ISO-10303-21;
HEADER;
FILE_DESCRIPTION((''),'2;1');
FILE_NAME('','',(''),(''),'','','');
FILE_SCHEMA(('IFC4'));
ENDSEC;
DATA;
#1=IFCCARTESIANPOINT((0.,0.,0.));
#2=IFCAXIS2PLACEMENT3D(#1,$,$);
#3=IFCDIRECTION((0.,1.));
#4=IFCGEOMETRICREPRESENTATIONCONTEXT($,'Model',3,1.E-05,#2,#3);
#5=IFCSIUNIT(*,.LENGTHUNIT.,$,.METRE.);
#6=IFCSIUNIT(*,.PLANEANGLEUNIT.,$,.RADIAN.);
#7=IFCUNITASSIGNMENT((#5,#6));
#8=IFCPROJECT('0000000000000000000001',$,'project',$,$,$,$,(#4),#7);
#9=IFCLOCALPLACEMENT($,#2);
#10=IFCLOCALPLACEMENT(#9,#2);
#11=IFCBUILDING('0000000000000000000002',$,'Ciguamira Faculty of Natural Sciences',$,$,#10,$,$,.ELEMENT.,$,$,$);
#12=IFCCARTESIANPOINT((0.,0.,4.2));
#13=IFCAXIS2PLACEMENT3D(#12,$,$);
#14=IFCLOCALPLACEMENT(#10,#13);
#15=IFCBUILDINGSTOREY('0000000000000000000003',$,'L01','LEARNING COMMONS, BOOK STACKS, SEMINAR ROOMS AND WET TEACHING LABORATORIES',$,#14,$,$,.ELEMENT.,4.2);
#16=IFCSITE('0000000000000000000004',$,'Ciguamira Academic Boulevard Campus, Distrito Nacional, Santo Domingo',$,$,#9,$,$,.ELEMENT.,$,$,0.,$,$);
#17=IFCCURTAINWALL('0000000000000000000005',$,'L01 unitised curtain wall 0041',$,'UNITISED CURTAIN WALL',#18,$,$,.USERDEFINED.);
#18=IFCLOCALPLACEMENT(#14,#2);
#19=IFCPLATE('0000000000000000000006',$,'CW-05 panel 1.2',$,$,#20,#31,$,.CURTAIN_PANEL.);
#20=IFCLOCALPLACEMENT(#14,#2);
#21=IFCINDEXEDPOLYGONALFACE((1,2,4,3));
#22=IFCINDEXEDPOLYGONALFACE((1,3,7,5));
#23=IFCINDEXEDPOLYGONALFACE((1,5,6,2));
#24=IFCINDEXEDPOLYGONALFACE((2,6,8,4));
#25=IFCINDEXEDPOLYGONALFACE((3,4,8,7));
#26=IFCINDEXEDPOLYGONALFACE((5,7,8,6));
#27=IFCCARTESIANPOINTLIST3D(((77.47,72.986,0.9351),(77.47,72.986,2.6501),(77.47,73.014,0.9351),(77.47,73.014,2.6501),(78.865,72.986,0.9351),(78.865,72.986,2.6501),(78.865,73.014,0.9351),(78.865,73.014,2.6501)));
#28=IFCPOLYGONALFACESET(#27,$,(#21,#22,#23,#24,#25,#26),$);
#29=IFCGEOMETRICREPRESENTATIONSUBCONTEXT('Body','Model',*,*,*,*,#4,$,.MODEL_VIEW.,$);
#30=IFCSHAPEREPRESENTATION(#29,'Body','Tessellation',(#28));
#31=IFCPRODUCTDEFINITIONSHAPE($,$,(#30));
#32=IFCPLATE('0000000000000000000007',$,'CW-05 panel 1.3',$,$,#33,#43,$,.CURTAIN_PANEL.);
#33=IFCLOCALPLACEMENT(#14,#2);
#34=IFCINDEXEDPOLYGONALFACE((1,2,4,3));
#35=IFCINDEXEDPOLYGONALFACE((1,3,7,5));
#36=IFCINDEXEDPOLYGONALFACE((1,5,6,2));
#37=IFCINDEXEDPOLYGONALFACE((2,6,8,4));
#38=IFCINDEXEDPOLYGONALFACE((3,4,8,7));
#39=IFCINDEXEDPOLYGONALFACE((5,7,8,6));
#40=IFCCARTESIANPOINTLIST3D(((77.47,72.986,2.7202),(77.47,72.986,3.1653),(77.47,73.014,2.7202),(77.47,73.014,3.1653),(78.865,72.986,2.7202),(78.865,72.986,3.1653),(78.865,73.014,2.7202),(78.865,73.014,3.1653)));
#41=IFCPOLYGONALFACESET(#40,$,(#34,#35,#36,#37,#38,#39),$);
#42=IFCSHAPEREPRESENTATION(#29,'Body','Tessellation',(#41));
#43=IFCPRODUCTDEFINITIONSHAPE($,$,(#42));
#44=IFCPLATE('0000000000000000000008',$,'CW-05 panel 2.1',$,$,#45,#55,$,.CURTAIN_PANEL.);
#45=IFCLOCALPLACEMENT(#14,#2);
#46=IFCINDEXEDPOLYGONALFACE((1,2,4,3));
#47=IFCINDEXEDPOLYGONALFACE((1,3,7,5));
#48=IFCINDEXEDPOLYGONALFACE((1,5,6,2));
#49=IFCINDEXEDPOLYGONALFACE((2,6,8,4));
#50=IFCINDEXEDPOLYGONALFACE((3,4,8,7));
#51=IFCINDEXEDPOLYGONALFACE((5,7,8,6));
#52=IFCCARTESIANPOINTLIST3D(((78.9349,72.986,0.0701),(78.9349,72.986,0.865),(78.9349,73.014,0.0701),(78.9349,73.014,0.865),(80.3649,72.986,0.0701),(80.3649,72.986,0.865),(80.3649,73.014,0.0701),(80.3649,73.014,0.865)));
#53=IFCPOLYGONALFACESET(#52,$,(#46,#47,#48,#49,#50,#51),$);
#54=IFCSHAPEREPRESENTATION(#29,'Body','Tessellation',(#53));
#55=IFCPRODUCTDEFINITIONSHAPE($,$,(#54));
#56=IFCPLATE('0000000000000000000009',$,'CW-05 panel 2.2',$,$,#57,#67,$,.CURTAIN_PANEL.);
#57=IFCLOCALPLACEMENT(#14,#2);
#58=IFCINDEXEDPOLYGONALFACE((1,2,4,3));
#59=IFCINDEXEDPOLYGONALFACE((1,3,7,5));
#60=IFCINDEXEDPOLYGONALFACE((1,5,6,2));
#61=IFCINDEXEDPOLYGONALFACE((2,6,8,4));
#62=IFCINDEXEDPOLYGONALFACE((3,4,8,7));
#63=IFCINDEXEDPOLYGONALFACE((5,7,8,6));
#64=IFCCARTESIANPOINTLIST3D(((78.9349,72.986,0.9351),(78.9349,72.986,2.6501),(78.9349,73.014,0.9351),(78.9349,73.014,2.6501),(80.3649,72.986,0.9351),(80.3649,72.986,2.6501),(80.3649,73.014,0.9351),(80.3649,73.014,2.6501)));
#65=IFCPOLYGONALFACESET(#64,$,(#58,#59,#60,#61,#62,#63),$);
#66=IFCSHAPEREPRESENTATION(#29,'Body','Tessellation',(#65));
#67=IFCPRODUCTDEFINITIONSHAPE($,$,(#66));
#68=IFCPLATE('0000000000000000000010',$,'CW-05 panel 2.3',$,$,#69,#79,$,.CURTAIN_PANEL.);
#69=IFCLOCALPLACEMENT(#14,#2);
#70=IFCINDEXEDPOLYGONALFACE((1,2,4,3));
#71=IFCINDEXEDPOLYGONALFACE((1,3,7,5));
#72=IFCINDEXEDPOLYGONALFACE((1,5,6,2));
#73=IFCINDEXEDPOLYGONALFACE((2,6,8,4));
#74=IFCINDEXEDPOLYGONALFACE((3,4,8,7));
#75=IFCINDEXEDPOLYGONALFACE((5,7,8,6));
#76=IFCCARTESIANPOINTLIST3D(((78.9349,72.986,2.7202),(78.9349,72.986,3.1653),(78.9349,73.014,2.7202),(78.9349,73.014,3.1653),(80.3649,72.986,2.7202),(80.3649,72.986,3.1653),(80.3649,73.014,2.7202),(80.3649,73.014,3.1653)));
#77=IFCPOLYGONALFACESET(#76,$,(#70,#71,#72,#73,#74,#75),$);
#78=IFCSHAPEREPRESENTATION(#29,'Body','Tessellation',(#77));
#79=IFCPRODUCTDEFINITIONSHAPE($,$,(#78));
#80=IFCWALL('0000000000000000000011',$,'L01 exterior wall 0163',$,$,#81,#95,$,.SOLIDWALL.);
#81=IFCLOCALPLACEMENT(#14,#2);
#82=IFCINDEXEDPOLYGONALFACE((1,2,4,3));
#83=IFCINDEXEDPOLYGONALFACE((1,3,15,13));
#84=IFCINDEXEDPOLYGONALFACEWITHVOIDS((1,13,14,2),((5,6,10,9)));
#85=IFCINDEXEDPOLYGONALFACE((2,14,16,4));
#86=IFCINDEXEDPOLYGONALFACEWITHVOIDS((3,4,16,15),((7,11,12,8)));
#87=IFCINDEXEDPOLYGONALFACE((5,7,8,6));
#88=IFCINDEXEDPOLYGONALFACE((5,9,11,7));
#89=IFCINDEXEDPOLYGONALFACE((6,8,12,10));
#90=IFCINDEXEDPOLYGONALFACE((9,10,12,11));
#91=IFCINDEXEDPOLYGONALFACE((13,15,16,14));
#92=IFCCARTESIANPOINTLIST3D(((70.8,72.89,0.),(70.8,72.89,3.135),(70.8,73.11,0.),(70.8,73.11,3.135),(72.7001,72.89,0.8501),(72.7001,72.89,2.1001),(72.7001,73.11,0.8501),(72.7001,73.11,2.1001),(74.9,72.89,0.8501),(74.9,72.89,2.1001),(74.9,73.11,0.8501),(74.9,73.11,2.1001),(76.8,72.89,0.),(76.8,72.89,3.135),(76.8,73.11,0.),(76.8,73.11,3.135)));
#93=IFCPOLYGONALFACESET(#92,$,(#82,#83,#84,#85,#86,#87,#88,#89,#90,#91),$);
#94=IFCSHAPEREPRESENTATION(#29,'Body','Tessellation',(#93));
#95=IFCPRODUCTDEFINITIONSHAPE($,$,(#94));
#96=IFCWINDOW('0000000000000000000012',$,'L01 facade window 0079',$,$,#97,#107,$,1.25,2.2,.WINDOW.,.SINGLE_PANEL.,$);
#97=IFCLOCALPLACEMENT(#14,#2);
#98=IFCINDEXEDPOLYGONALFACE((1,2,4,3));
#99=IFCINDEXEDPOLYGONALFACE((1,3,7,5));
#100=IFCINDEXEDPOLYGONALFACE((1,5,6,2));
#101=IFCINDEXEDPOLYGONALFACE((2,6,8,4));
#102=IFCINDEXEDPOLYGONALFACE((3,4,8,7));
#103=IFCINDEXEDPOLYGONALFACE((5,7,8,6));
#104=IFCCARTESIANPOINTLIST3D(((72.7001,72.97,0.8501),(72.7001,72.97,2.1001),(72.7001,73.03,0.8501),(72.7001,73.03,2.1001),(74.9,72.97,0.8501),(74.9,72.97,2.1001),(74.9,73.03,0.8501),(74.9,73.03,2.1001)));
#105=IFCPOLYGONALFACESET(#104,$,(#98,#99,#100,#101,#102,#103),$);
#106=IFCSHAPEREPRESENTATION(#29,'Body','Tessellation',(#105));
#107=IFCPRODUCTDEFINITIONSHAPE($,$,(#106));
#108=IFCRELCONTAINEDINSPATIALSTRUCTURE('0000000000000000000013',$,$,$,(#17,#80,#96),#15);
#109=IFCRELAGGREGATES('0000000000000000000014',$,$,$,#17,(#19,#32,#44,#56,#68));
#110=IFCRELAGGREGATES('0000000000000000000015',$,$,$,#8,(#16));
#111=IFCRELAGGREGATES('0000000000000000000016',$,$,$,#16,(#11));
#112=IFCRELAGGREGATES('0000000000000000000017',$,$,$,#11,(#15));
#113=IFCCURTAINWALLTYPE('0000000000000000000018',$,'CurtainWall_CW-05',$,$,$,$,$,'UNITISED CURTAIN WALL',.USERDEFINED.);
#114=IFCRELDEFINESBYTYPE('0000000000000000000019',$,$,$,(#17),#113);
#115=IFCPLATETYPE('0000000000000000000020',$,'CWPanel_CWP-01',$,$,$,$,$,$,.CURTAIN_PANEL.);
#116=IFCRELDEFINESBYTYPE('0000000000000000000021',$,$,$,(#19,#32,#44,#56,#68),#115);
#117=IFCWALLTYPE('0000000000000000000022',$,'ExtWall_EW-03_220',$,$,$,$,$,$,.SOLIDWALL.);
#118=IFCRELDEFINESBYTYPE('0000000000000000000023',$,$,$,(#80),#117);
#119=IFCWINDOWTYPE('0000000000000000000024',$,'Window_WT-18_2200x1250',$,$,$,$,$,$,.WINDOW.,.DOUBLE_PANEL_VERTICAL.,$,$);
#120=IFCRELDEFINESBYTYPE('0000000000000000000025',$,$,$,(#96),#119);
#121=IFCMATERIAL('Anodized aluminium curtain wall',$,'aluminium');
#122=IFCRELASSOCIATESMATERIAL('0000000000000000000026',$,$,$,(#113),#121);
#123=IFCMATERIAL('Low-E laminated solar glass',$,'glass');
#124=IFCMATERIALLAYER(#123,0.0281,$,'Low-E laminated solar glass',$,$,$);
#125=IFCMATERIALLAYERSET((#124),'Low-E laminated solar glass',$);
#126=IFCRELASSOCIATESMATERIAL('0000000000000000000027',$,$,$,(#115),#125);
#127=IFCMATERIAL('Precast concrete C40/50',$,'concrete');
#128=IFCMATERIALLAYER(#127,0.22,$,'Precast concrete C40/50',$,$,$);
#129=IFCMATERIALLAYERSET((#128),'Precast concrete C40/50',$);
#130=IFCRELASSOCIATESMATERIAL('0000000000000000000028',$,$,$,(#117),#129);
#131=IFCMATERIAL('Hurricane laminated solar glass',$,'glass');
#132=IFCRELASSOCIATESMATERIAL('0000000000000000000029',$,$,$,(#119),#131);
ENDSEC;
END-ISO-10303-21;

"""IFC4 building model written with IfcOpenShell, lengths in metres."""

from ifc_helpers import new_model, si_unit, direction, frame, frame_2d, origin, origin_2d, place, context, subcontext, project, spatial, rectangle, extrude, material, layer, layer_set, type_object, element, fill, aggregate, save


model = new_model("IFC4")

# Units and contexts
model_context = context("Model", 3, precision=1e-05, world=origin(), true_north=direction((0.0, 1.0)))
body_context = subcontext(model_context, "Body", "Model", "MODEL_VIEW")
ifc_project = project(units=[si_unit("LENGTHUNIT", "METRE"), si_unit("PLANEANGLEUNIT", "RADIAN")], contexts=[model_context])

# Site, building, storey
site_placement = place(None, origin())
site = spatial("IfcSite", under=ifc_project, at=site_placement, Name="Ciguamira Academic Boulevard Campus, Distrito Nacional, Santo Domingo", CompositionType="ELEMENT", RefElevation=0.0)
building_placement = place(site_placement, origin())
building = spatial("IfcBuilding", under=site, at=building_placement, Name="Ciguamira Faculty of Natural Sciences", CompositionType="ELEMENT")
storey_placement = place(building_placement, frame((0.0, 0.0, 4.2)))
storey = spatial("IfcBuildingStorey", under=building, at=storey_placement, Name="L01", Description="LEARNING COMMONS, BOOK STACKS, SEMINAR ROOMS AND WET TEACHING LABORATORIES", CompositionType="ELEMENT", Elevation=4.2)

# Curtain wall
ifc_material_1 = material(Name="Anodized aluminium curtain wall", Category="aluminium")
curtain_wall_type = type_object("IfcCurtainWallType", Name="CurtainWall_CW-05", ElementType="UNITISED CURTAIN WALL", PredefinedType="USERDEFINED", material=ifc_material_1)
curtain_wall_placement = place(storey_placement, origin())
curtain_wall = element("IfcCurtainWall", 1, at=curtain_wall_placement, inside=storey, type_object=curtain_wall_type, Name="L01 unitised curtain wall 0041", ObjectType="UNITISED CURTAIN WALL", PredefinedType="USERDEFINED")

# Plates
ifc_material_2 = material(Name="Low-E laminated solar glass", Category="glass")
ifc_layer_1 = layer(ifc_material_2, 0.0281, Name="Low-E laminated solar glass")
ifc_layer_set_1 = layer_set([ifc_layer_1], Name="Low-E laminated solar glass")
plate_type = type_object("IfcPlateType", Name="CWPanel_CWP-01", PredefinedType="CURTAIN_PANEL", material=ifc_layer_set_1)
plate_1_placement = place(storey_placement, frame((78.1675, 73.0, 0.9351), z_axis=(0.0, 0.0, 1.0), x_axis=(1.0, 0.0, 0.0)))
plate_1 = element("IfcPlate", 2, at=plate_1_placement, type_object=plate_type, Name="CW-05 panel 1.2", PredefinedType="CURTAIN_PANEL", context=body_context, shape_type="SweptSolid", body=[
    extrude(rectangle(XDim=1.395, YDim=0.0281, at=origin_2d()), origin(), (0.0, 0.0, 1.0), 1.7151),
])
plate_2_placement = place(storey_placement, frame((78.1675, 73.0, 2.7202), z_axis=(0.0, 0.0, 1.0), x_axis=(1.0, 0.0, 0.0)))
plate_2 = element("IfcPlate", 3, at=plate_2_placement, type_object=plate_type, Name="CW-05 panel 1.3", PredefinedType="CURTAIN_PANEL", context=body_context, shape_type="SweptSolid", body=[
    extrude(rectangle(XDim=1.395, YDim=0.0281, at=origin_2d()), origin(), (0.0, 0.0, 1.0), 0.4451),
])
plate_3_placement = place(storey_placement, frame((79.6499, 73.0, 0.0701), z_axis=(0.0, 0.0, 1.0), x_axis=(1.0, 0.0, 0.0)))
plate_3 = element("IfcPlate", 4, at=plate_3_placement, type_object=plate_type, Name="CW-05 panel 2.1", PredefinedType="CURTAIN_PANEL", context=body_context, shape_type="SweptSolid", body=[
    extrude(rectangle(XDim=1.4299, YDim=0.0281, at=origin_2d()), origin(), (0.0, 0.0, 1.0), 0.7949),
])
plate_4_placement = place(storey_placement, frame((79.6499, 73.0, 0.9351), z_axis=(0.0, 0.0, 1.0), x_axis=(1.0, 0.0, 0.0)))
plate_4 = element("IfcPlate", 5, at=plate_4_placement, type_object=plate_type, Name="CW-05 panel 2.2", PredefinedType="CURTAIN_PANEL", context=body_context, shape_type="SweptSolid", body=[
    extrude(rectangle(XDim=1.4299, YDim=0.0281, at=origin_2d()), origin(), (0.0, 0.0, 1.0), 1.7151),
])
plate_5_placement = place(storey_placement, frame((79.6499, 73.0, 2.7202), z_axis=(0.0, 0.0, 1.0), x_axis=(1.0, 0.0, 0.0)))
plate_5 = element("IfcPlate", 6, at=plate_5_placement, type_object=plate_type, Name="CW-05 panel 2.3", PredefinedType="CURTAIN_PANEL", context=body_context, shape_type="SweptSolid", body=[
    extrude(rectangle(XDim=1.4299, YDim=0.0281, at=origin_2d()), origin(), (0.0, 0.0, 1.0), 0.4451),
])
aggregate(curtain_wall, [plate_1, plate_2, plate_3, plate_4, plate_5])

# Wall, opening, window
ifc_material_3 = material(Name="Precast concrete C40/50", Category="concrete")
ifc_layer_2 = layer(ifc_material_3, 0.22, Name="Precast concrete C40/50")
ifc_layer_set_2 = layer_set([ifc_layer_2], Name="Precast concrete C40/50")
wall_type = type_object("IfcWallType", Name="ExtWall_EW-03_220", PredefinedType="SOLIDWALL", material=ifc_layer_set_2)
wall_placement = place(storey_placement, frame((70.8, 73.0, 0.0), z_axis=(0.0, 0.0, 1.0), x_axis=(1.0, 0.0, 0.0)))
wall = element("IfcWall", 7, at=wall_placement, inside=storey, type_object=wall_type, Name="L01 exterior wall 0163", PredefinedType="SOLIDWALL", context=body_context, shape_type="SweptSolid", body=[
    extrude(rectangle(XDim=6.0, YDim=0.22, at=frame_2d((3.0, 0.0))), origin(), (0.0, 0.0, 1.0), 3.135),
])
opening_placement = place(wall_placement, frame((1.8999, 0.0, 0.8501)))
opening = element("IfcOpeningElement", 8, at=opening_placement, cuts=wall, PredefinedType="OPENING", context=body_context, shape_type="SweptSolid", body=[
    extrude(rectangle(XDim=2.2, YDim=1.25, at=frame_2d((1.1001, 0.625))), frame((0.0, 0.1199, 0.0), z_axis=(0.0, -1.0, 0.0), x_axis=(1.0, 0.0, 0.0)), (0.0, 0.0, 1.0), 0.24),
])
ifc_material_4 = material(Name="Hurricane laminated solar glass", Category="glass")
window_type = type_object("IfcWindowType", Name="Window_WT-18_2200x1250", PartitioningType="DOUBLE_PANEL_VERTICAL", PredefinedType="WINDOW", material=ifc_material_4)
window_placement = place(opening_placement, origin())
window = element("IfcWindow", 9, at=window_placement, inside=storey, type_object=window_type, Name="L01 facade window 0079", OverallHeight=1.25, OverallWidth=2.2, PartitioningType="SINGLE_PANEL", PredefinedType="WINDOW", context=body_context, shape_type="SweptSolid", body=[
    extrude(rectangle(XDim=2.2, YDim=1.25, at=frame_2d((1.1001, 0.625))), frame((0.0, 0.03, 0.0), z_axis=(0.0, -1.0, 0.0), x_axis=(1.0, 0.0, 0.0)), (0.0, 0.0, 1.0), 0.0601),
])
fill(opening, window)

save(model, "model.ifc")
